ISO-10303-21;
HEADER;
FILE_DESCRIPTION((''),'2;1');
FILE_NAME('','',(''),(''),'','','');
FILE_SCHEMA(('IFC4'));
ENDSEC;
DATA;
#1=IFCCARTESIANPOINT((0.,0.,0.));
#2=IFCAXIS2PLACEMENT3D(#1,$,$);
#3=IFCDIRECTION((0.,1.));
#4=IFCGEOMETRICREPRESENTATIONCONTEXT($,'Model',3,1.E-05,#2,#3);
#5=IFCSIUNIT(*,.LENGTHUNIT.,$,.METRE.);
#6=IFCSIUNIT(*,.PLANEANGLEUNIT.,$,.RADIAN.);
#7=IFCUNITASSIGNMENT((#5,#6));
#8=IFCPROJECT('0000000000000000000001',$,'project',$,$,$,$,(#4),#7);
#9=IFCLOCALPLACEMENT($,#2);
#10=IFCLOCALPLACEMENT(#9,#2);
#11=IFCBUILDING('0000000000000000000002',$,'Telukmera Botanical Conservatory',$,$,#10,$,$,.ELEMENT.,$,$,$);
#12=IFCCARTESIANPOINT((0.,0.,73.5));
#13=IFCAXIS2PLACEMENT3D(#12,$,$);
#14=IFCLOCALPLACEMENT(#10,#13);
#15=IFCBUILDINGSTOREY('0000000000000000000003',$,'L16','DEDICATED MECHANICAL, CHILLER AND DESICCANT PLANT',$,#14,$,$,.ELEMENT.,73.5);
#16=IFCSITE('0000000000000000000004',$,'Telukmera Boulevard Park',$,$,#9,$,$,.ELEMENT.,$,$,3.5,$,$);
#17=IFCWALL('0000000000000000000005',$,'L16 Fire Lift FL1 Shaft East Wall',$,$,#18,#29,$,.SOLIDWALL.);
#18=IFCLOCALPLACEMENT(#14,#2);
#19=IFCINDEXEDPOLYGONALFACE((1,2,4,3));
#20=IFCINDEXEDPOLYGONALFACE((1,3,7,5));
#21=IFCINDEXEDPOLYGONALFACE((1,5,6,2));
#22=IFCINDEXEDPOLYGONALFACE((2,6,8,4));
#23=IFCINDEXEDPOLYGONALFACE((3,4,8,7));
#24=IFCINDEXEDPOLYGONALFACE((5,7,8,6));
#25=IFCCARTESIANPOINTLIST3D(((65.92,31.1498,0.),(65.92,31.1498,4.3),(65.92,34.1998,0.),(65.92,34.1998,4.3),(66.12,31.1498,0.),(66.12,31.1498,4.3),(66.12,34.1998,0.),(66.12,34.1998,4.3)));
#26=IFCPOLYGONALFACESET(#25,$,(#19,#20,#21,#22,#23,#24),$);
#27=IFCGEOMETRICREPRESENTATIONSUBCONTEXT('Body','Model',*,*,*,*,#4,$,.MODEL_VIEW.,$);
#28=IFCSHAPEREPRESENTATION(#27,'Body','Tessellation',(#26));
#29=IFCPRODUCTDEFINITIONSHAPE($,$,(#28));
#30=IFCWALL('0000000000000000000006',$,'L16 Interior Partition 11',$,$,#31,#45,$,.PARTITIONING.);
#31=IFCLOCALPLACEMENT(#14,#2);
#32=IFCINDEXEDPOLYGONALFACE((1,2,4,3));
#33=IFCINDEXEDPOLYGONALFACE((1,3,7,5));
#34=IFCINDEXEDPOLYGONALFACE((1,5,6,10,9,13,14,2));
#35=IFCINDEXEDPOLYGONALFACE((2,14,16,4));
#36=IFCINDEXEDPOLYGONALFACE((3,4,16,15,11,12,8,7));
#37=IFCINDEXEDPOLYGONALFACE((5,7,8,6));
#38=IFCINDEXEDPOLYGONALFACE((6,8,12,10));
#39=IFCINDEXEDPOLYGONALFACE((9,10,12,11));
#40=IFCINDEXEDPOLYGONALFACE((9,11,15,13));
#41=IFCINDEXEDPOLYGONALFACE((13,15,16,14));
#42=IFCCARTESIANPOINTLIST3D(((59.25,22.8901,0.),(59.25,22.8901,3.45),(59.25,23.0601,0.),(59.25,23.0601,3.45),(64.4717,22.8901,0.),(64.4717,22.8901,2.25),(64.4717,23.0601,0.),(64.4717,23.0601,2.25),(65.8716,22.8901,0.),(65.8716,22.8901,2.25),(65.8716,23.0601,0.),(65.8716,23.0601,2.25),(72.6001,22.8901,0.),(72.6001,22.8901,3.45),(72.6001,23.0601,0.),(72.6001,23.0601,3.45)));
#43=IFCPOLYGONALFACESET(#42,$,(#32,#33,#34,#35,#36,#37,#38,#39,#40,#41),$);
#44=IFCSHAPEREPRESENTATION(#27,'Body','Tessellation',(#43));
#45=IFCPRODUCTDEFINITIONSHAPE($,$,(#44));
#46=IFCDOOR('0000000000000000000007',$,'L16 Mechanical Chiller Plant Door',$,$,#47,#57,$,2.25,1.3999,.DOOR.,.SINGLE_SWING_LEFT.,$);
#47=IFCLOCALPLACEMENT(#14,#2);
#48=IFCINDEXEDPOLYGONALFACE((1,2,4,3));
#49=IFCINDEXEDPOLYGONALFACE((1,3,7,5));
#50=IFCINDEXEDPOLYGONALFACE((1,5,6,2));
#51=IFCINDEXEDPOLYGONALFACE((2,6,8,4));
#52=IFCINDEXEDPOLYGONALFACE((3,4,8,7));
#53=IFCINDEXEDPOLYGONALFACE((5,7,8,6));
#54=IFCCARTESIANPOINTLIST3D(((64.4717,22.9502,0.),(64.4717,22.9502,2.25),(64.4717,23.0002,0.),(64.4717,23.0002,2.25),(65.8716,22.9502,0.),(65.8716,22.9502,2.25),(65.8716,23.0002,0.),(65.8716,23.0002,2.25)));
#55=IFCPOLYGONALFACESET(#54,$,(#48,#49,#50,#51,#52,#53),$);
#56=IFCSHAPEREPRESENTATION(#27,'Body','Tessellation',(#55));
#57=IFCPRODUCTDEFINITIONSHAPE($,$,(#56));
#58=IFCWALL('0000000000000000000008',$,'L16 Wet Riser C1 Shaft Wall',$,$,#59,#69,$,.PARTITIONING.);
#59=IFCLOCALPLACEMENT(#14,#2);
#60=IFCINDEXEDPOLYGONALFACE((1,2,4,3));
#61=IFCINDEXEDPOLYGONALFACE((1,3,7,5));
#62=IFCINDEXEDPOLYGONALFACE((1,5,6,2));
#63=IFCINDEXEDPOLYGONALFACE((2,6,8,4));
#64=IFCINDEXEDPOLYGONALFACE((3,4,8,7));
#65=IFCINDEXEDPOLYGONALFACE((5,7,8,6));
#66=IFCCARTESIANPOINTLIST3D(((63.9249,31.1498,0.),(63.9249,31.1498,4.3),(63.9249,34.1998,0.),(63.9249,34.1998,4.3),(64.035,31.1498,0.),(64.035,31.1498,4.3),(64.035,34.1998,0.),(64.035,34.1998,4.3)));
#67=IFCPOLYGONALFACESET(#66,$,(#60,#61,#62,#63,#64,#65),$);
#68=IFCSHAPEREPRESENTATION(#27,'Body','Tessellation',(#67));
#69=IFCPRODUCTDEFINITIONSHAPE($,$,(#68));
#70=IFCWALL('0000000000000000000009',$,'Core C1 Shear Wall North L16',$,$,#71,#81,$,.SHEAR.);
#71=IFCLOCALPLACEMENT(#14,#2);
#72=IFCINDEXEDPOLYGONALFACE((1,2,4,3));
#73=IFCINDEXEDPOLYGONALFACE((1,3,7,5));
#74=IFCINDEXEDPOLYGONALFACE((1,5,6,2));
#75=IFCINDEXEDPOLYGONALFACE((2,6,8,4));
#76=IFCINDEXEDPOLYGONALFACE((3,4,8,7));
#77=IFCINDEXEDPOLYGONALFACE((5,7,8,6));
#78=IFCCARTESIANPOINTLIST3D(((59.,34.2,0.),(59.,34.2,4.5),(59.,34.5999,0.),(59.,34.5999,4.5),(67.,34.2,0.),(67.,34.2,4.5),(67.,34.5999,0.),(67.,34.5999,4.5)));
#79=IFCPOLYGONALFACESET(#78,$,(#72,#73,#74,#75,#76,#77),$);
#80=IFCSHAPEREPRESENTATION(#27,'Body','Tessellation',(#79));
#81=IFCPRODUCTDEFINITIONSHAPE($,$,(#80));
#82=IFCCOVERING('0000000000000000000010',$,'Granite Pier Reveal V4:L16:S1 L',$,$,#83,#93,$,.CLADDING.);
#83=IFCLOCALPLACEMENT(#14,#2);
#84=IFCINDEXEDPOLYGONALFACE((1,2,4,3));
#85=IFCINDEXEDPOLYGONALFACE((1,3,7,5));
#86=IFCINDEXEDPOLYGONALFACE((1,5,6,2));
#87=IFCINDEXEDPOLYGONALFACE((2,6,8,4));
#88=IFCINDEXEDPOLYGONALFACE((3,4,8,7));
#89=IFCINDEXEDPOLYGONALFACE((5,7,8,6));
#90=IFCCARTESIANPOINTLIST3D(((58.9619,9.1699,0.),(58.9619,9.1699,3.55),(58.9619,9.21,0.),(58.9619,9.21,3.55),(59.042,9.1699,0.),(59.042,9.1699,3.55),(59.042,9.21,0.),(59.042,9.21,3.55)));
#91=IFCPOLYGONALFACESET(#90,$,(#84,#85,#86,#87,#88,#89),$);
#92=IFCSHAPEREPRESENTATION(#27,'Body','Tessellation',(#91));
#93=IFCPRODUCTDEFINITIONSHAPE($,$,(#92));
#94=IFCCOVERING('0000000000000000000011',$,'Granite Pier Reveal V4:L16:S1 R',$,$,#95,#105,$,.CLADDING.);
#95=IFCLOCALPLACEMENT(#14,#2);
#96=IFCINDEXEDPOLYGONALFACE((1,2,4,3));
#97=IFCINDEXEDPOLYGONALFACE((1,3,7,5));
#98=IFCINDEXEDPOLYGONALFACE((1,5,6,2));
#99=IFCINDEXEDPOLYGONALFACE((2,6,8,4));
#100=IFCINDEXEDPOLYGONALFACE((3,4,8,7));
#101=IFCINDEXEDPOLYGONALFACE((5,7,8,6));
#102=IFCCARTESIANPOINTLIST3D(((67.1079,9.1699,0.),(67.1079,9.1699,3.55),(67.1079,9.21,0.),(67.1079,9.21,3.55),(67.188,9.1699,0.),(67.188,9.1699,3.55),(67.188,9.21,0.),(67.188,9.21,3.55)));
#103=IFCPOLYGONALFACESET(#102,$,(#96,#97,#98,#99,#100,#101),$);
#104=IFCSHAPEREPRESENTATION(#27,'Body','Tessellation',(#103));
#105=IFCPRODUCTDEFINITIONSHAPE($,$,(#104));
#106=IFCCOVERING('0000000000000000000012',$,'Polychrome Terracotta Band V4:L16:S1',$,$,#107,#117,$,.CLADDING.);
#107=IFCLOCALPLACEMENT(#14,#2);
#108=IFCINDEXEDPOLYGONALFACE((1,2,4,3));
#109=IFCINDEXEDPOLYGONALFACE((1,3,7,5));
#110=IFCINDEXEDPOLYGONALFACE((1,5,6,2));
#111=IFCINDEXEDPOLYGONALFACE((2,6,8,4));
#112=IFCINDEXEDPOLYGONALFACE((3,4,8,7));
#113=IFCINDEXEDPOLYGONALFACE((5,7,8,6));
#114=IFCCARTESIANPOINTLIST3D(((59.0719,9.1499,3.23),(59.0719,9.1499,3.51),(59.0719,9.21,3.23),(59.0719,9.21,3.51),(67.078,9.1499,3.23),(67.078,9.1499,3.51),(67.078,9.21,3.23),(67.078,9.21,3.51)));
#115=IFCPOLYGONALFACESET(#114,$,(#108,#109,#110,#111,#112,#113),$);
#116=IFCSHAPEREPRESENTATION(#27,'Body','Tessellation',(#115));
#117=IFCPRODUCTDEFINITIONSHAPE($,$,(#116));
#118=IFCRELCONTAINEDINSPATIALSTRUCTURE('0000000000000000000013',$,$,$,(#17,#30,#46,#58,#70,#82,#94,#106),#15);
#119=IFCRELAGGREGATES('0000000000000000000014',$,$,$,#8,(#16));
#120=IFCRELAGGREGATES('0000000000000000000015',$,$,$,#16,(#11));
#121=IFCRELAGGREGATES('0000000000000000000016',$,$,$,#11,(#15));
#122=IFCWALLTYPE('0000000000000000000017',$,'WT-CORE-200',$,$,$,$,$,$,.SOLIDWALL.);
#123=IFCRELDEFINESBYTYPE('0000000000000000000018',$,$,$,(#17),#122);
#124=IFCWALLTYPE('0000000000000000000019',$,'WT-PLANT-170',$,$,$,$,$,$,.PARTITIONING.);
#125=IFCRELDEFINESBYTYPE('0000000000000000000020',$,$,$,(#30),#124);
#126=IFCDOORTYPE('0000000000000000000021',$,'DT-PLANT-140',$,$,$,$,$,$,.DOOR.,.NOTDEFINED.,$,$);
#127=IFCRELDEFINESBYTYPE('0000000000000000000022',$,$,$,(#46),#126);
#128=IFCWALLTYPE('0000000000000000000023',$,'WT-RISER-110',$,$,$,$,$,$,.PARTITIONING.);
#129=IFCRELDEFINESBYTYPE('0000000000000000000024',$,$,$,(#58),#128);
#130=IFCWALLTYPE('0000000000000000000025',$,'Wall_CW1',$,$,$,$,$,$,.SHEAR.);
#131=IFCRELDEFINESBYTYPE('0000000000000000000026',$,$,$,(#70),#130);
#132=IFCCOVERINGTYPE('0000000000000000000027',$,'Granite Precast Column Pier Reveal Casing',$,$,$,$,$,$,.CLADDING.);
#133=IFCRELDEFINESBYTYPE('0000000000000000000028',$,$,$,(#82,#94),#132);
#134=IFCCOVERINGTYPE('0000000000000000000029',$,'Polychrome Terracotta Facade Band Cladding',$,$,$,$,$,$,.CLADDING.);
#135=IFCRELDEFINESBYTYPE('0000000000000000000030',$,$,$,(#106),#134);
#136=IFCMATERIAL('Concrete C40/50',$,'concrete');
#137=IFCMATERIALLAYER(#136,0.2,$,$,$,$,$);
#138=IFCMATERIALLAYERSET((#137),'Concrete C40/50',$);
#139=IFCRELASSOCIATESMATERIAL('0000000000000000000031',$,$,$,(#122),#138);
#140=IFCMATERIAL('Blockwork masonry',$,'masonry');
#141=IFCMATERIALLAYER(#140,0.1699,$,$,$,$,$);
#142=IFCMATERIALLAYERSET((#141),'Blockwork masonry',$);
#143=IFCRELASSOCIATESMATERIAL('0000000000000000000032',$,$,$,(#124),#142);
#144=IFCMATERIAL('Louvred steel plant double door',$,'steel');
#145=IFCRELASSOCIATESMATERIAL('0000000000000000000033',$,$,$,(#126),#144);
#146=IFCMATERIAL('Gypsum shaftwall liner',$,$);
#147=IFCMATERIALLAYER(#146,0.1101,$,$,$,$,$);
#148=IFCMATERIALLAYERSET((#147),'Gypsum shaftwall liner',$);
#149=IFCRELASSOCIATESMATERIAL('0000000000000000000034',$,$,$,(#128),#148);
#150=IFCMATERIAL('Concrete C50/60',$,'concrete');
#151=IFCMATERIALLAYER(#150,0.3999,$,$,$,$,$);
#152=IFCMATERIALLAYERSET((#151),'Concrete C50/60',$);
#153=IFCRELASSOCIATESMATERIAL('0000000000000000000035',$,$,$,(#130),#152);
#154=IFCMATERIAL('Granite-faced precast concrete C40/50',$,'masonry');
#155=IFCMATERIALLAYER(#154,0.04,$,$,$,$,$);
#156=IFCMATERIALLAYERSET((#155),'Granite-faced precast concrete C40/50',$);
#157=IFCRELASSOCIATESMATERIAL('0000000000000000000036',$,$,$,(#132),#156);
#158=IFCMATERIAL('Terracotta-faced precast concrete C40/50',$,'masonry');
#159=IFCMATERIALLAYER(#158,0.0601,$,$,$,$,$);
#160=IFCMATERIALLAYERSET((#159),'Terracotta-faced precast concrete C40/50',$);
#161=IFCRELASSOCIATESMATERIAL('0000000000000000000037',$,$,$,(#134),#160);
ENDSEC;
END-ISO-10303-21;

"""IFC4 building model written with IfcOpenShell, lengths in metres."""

from ifc_helpers import new_model, si_unit, direction, frame, frame_2d, origin, origin_2d, place, context, subcontext, project, spatial, rectangle, extrude, material, layer, layer_set, type_object, element, fill, save


model = new_model("IFC4")

# Units and contexts
model_context = context("Model", 3, precision=1e-05, world=origin(), true_north=direction((0.0, 1.0)))
body_context = subcontext(model_context, "Body", "Model", "MODEL_VIEW")
ifc_project = project(units=[si_unit("LENGTHUNIT", "METRE"), si_unit("PLANEANGLEUNIT", "RADIAN")], contexts=[model_context])

# Site, building, storey
site_placement = place(None, origin())
site = spatial("IfcSite", under=ifc_project, at=site_placement, Name="Telukmera Boulevard Park", CompositionType="ELEMENT", RefElevation=3.5)
building_placement = place(site_placement, origin())
building = spatial("IfcBuilding", under=site, at=building_placement, Name="Telukmera Botanical Conservatory", CompositionType="ELEMENT")
storey_placement = place(building_placement, frame((0.0, 0.0, 73.5)))
storey = spatial("IfcBuildingStorey", under=building, at=storey_placement, Name="L16", Description="DEDICATED MECHANICAL, CHILLER AND DESICCANT PLANT", CompositionType="ELEMENT", Elevation=73.5)

# Shared definitions
ifc_material_1 = material(Name="Concrete C40/50", Category="concrete")

# Shared definitions
ifc_material_2 = material(Name="Terracotta-faced precast concrete C40/50", Category="masonry")

# Shared definitions
ifc_layer_1 = layer(ifc_material_1, 0.2)
ifc_layer_set_1 = layer_set([ifc_layer_1], Name="Concrete C40/50")
wall_type_1 = type_object("IfcWallType", Name="WT-CORE-200", PredefinedType="SOLIDWALL", material=ifc_layer_set_1)

# Wall
wall_1_placement = place(storey_placement, frame((66.02, 31.1499, 0.0), z_axis=(0.0, 0.0, 1.0), x_axis=(0.0, 1.0, 0.0)))
element("IfcWall", 1, at=wall_1_placement, inside=storey, type_object=wall_type_1, Name="L16 Fire Lift FL1 Shaft East Wall", PredefinedType="SOLIDWALL", context=body_context, shape_type="SweptSolid", body=[
    extrude(rectangle(XDim=3.05, YDim=0.2, at=frame_2d((1.5249, 0.0))), origin(), (0.0, 0.0, 1.0), 4.3),
])

# Wall, opening, door
ifc_material_3 = material(Name="Blockwork masonry", Category="masonry")
ifc_layer_2 = layer(ifc_material_3, 0.1699)
ifc_layer_set_2 = layer_set([ifc_layer_2], Name="Blockwork masonry")
wall_type_2 = type_object("IfcWallType", Name="WT-PLANT-170", PredefinedType="PARTITIONING", material=ifc_layer_set_2)
wall_2_placement = place(storey_placement, frame((59.25, 22.9751, 0.0), z_axis=(0.0, 0.0, 1.0), x_axis=(1.0, 0.0, 0.0)))
wall_2 = element("IfcWall", 2, at=wall_2_placement, inside=storey, type_object=wall_type_2, Name="L16 Interior Partition 11", PredefinedType="PARTITIONING", context=body_context, shape_type="SweptSolid", body=[
    extrude(rectangle(XDim=13.3501, YDim=0.1699, at=frame_2d((6.675, 0.0))), origin(), (0.0, 0.0, 1.0), 3.45),
])
opening_1_placement = place(wall_2_placement, frame((5.2217, 0.0, 0.0)))
opening_1 = element("IfcOpeningElement", 3, at=opening_1_placement, cuts=wall_2, PredefinedType="OPENING", context=body_context, shape_type="SweptSolid", body=[
    extrude(rectangle(XDim=1.3999, YDim=2.25, at=frame_2d((0.7, 1.125))), frame((0.0, 0.095, 0.0), z_axis=(0.0, -1.0, 0.0), x_axis=(1.0, 0.0, 0.0)), (0.0, 0.0, 1.0), 0.1899),
])
ifc_material_4 = material(Name="Louvred steel plant double door", Category="steel")
door_type_1 = type_object("IfcDoorType", Name="DT-PLANT-140", OperationType="NOTDEFINED", PredefinedType="DOOR", material=ifc_material_4)
door_1_placement = place(opening_1_placement, frame((1.3999, 0.0, 0.0), z_axis=(0.0, 0.0, 1.0), x_axis=(-1.0, 0.0, 0.0)))
door_1 = element("IfcDoor", 4, at=door_1_placement, inside=storey, type_object=door_type_1, Name="L16 Mechanical Chiller Plant Door", OperationType="SINGLE_SWING_LEFT", OverallHeight=2.25, OverallWidth=1.3999, PredefinedType="DOOR", context=body_context, shape_type="SweptSolid", body=[
    extrude(rectangle(XDim=1.3999, YDim=2.25, at=frame_2d((0.7, 1.125))), frame((0.0, 0.0249, 0.0), z_axis=(0.0, -1.0, 0.0), x_axis=(1.0, 0.0, 0.0)), (0.0, 0.0, 1.0), 0.05),
])
fill(opening_1, door_1)

# Walls
ifc_material_5 = material(Name="Gypsum shaftwall liner")
ifc_layer_3 = layer(ifc_material_5, 0.1101)
ifc_layer_set_3 = layer_set([ifc_layer_3], Name="Gypsum shaftwall liner")
wall_type_3 = type_object("IfcWallType", Name="WT-RISER-110", PredefinedType="PARTITIONING", material=ifc_layer_set_3)
wall_3_placement = place(storey_placement, frame((63.98, 31.1499, 0.0), z_axis=(0.0, 0.0, 1.0), x_axis=(0.0, 1.0, 0.0)))
element("IfcWall", 5, at=wall_3_placement, inside=storey, type_object=wall_type_3, Name="L16 Wet Riser C1 Shaft Wall", PredefinedType="PARTITIONING", context=body_context, shape_type="SweptSolid", body=[
    extrude(rectangle(XDim=3.05, YDim=0.1101, at=frame_2d((1.5249, 0.0))), origin(), (0.0, 0.0, 1.0), 4.3),
])
ifc_material_6 = material(Name="Concrete C50/60", Category="concrete")
ifc_layer_4 = layer(ifc_material_6, 0.3999)
ifc_layer_set_4 = layer_set([ifc_layer_4], Name="Concrete C50/60")
wall_type_4 = type_object("IfcWallType", Name="Wall_CW1", PredefinedType="SHEAR", material=ifc_layer_set_4)
wall_4_placement = place(storey_placement, frame((59.0, 34.3999, 0.0), z_axis=(0.0, 0.0, 1.0), x_axis=(1.0, 0.0, 0.0)))
element("IfcWall", 6, at=wall_4_placement, inside=storey, type_object=wall_type_4, Name="Core C1 Shear Wall North L16", PredefinedType="SHEAR", context=body_context, shape_type="SweptSolid", body=[
    extrude(rectangle(XDim=8.0, YDim=0.3999, at=frame_2d((4.0, 0.0))), origin(), (0.0, 0.0, 1.0), 4.5),
])

# Coverings
ifc_material_7 = material(Name="Granite-faced precast concrete C40/50", Category="masonry")
ifc_layer_5 = layer(ifc_material_7, 0.04)
ifc_layer_set_5 = layer_set([ifc_layer_5], Name="Granite-faced precast concrete C40/50")
covering_type_1 = type_object("IfcCoveringType", Name="Granite Precast Column Pier Reveal Casing", PredefinedType="CLADDING", material=ifc_layer_set_5)
for number, where, z_axis, x_axis, name in (
    (7, (59.002, 9.1899, 0.0), (0.0, 0.0, 1.0), (1.0, 0.0, 0.0), "Granite Pier Reveal V4:L16:S1 L"),
    (8, (67.1479, 9.1899, 0.0), (0.0, 0.0, 1.0), (1.0, 0.0, 0.0), "Granite Pier Reveal V4:L16:S1 R"),
):
    element("IfcCovering", number, at=place(storey_placement, frame(where, z_axis=z_axis, x_axis=x_axis)), inside=storey, type_object=covering_type_1, Name=name, PredefinedType="CLADDING", context=body_context, shape_type="SweptSolid", body=[
        extrude(rectangle(XDim=0.0801, YDim=0.04, at=origin_2d()), origin(), (0.0, 0.0, 1.0), 3.55),
    ])
ifc_layer_6 = layer(ifc_material_2, 0.0601)
ifc_layer_set_6 = layer_set([ifc_layer_6], Name="Terracotta-faced precast concrete C40/50")
covering_type_2 = type_object("IfcCoveringType", Name="Polychrome Terracotta Facade Band Cladding", PredefinedType="CLADDING", material=ifc_layer_set_6)
covering_1_placement = place(storey_placement, frame((63.075, 9.1799, 3.23), z_axis=(0.0, 0.0, 1.0), x_axis=(1.0, 0.0, 0.0)))
element("IfcCovering", 9, at=covering_1_placement, inside=storey, type_object=covering_type_2, Name="Polychrome Terracotta Band V4:L16:S1", PredefinedType="CLADDING", context=body_context, shape_type="SweptSolid", body=[
    extrude(rectangle(XDim=8.0061, YDim=0.0601, at=origin_2d()), origin(), (0.0, 0.0, 1.0), 0.28),
])

save(model, "model.ifc")
